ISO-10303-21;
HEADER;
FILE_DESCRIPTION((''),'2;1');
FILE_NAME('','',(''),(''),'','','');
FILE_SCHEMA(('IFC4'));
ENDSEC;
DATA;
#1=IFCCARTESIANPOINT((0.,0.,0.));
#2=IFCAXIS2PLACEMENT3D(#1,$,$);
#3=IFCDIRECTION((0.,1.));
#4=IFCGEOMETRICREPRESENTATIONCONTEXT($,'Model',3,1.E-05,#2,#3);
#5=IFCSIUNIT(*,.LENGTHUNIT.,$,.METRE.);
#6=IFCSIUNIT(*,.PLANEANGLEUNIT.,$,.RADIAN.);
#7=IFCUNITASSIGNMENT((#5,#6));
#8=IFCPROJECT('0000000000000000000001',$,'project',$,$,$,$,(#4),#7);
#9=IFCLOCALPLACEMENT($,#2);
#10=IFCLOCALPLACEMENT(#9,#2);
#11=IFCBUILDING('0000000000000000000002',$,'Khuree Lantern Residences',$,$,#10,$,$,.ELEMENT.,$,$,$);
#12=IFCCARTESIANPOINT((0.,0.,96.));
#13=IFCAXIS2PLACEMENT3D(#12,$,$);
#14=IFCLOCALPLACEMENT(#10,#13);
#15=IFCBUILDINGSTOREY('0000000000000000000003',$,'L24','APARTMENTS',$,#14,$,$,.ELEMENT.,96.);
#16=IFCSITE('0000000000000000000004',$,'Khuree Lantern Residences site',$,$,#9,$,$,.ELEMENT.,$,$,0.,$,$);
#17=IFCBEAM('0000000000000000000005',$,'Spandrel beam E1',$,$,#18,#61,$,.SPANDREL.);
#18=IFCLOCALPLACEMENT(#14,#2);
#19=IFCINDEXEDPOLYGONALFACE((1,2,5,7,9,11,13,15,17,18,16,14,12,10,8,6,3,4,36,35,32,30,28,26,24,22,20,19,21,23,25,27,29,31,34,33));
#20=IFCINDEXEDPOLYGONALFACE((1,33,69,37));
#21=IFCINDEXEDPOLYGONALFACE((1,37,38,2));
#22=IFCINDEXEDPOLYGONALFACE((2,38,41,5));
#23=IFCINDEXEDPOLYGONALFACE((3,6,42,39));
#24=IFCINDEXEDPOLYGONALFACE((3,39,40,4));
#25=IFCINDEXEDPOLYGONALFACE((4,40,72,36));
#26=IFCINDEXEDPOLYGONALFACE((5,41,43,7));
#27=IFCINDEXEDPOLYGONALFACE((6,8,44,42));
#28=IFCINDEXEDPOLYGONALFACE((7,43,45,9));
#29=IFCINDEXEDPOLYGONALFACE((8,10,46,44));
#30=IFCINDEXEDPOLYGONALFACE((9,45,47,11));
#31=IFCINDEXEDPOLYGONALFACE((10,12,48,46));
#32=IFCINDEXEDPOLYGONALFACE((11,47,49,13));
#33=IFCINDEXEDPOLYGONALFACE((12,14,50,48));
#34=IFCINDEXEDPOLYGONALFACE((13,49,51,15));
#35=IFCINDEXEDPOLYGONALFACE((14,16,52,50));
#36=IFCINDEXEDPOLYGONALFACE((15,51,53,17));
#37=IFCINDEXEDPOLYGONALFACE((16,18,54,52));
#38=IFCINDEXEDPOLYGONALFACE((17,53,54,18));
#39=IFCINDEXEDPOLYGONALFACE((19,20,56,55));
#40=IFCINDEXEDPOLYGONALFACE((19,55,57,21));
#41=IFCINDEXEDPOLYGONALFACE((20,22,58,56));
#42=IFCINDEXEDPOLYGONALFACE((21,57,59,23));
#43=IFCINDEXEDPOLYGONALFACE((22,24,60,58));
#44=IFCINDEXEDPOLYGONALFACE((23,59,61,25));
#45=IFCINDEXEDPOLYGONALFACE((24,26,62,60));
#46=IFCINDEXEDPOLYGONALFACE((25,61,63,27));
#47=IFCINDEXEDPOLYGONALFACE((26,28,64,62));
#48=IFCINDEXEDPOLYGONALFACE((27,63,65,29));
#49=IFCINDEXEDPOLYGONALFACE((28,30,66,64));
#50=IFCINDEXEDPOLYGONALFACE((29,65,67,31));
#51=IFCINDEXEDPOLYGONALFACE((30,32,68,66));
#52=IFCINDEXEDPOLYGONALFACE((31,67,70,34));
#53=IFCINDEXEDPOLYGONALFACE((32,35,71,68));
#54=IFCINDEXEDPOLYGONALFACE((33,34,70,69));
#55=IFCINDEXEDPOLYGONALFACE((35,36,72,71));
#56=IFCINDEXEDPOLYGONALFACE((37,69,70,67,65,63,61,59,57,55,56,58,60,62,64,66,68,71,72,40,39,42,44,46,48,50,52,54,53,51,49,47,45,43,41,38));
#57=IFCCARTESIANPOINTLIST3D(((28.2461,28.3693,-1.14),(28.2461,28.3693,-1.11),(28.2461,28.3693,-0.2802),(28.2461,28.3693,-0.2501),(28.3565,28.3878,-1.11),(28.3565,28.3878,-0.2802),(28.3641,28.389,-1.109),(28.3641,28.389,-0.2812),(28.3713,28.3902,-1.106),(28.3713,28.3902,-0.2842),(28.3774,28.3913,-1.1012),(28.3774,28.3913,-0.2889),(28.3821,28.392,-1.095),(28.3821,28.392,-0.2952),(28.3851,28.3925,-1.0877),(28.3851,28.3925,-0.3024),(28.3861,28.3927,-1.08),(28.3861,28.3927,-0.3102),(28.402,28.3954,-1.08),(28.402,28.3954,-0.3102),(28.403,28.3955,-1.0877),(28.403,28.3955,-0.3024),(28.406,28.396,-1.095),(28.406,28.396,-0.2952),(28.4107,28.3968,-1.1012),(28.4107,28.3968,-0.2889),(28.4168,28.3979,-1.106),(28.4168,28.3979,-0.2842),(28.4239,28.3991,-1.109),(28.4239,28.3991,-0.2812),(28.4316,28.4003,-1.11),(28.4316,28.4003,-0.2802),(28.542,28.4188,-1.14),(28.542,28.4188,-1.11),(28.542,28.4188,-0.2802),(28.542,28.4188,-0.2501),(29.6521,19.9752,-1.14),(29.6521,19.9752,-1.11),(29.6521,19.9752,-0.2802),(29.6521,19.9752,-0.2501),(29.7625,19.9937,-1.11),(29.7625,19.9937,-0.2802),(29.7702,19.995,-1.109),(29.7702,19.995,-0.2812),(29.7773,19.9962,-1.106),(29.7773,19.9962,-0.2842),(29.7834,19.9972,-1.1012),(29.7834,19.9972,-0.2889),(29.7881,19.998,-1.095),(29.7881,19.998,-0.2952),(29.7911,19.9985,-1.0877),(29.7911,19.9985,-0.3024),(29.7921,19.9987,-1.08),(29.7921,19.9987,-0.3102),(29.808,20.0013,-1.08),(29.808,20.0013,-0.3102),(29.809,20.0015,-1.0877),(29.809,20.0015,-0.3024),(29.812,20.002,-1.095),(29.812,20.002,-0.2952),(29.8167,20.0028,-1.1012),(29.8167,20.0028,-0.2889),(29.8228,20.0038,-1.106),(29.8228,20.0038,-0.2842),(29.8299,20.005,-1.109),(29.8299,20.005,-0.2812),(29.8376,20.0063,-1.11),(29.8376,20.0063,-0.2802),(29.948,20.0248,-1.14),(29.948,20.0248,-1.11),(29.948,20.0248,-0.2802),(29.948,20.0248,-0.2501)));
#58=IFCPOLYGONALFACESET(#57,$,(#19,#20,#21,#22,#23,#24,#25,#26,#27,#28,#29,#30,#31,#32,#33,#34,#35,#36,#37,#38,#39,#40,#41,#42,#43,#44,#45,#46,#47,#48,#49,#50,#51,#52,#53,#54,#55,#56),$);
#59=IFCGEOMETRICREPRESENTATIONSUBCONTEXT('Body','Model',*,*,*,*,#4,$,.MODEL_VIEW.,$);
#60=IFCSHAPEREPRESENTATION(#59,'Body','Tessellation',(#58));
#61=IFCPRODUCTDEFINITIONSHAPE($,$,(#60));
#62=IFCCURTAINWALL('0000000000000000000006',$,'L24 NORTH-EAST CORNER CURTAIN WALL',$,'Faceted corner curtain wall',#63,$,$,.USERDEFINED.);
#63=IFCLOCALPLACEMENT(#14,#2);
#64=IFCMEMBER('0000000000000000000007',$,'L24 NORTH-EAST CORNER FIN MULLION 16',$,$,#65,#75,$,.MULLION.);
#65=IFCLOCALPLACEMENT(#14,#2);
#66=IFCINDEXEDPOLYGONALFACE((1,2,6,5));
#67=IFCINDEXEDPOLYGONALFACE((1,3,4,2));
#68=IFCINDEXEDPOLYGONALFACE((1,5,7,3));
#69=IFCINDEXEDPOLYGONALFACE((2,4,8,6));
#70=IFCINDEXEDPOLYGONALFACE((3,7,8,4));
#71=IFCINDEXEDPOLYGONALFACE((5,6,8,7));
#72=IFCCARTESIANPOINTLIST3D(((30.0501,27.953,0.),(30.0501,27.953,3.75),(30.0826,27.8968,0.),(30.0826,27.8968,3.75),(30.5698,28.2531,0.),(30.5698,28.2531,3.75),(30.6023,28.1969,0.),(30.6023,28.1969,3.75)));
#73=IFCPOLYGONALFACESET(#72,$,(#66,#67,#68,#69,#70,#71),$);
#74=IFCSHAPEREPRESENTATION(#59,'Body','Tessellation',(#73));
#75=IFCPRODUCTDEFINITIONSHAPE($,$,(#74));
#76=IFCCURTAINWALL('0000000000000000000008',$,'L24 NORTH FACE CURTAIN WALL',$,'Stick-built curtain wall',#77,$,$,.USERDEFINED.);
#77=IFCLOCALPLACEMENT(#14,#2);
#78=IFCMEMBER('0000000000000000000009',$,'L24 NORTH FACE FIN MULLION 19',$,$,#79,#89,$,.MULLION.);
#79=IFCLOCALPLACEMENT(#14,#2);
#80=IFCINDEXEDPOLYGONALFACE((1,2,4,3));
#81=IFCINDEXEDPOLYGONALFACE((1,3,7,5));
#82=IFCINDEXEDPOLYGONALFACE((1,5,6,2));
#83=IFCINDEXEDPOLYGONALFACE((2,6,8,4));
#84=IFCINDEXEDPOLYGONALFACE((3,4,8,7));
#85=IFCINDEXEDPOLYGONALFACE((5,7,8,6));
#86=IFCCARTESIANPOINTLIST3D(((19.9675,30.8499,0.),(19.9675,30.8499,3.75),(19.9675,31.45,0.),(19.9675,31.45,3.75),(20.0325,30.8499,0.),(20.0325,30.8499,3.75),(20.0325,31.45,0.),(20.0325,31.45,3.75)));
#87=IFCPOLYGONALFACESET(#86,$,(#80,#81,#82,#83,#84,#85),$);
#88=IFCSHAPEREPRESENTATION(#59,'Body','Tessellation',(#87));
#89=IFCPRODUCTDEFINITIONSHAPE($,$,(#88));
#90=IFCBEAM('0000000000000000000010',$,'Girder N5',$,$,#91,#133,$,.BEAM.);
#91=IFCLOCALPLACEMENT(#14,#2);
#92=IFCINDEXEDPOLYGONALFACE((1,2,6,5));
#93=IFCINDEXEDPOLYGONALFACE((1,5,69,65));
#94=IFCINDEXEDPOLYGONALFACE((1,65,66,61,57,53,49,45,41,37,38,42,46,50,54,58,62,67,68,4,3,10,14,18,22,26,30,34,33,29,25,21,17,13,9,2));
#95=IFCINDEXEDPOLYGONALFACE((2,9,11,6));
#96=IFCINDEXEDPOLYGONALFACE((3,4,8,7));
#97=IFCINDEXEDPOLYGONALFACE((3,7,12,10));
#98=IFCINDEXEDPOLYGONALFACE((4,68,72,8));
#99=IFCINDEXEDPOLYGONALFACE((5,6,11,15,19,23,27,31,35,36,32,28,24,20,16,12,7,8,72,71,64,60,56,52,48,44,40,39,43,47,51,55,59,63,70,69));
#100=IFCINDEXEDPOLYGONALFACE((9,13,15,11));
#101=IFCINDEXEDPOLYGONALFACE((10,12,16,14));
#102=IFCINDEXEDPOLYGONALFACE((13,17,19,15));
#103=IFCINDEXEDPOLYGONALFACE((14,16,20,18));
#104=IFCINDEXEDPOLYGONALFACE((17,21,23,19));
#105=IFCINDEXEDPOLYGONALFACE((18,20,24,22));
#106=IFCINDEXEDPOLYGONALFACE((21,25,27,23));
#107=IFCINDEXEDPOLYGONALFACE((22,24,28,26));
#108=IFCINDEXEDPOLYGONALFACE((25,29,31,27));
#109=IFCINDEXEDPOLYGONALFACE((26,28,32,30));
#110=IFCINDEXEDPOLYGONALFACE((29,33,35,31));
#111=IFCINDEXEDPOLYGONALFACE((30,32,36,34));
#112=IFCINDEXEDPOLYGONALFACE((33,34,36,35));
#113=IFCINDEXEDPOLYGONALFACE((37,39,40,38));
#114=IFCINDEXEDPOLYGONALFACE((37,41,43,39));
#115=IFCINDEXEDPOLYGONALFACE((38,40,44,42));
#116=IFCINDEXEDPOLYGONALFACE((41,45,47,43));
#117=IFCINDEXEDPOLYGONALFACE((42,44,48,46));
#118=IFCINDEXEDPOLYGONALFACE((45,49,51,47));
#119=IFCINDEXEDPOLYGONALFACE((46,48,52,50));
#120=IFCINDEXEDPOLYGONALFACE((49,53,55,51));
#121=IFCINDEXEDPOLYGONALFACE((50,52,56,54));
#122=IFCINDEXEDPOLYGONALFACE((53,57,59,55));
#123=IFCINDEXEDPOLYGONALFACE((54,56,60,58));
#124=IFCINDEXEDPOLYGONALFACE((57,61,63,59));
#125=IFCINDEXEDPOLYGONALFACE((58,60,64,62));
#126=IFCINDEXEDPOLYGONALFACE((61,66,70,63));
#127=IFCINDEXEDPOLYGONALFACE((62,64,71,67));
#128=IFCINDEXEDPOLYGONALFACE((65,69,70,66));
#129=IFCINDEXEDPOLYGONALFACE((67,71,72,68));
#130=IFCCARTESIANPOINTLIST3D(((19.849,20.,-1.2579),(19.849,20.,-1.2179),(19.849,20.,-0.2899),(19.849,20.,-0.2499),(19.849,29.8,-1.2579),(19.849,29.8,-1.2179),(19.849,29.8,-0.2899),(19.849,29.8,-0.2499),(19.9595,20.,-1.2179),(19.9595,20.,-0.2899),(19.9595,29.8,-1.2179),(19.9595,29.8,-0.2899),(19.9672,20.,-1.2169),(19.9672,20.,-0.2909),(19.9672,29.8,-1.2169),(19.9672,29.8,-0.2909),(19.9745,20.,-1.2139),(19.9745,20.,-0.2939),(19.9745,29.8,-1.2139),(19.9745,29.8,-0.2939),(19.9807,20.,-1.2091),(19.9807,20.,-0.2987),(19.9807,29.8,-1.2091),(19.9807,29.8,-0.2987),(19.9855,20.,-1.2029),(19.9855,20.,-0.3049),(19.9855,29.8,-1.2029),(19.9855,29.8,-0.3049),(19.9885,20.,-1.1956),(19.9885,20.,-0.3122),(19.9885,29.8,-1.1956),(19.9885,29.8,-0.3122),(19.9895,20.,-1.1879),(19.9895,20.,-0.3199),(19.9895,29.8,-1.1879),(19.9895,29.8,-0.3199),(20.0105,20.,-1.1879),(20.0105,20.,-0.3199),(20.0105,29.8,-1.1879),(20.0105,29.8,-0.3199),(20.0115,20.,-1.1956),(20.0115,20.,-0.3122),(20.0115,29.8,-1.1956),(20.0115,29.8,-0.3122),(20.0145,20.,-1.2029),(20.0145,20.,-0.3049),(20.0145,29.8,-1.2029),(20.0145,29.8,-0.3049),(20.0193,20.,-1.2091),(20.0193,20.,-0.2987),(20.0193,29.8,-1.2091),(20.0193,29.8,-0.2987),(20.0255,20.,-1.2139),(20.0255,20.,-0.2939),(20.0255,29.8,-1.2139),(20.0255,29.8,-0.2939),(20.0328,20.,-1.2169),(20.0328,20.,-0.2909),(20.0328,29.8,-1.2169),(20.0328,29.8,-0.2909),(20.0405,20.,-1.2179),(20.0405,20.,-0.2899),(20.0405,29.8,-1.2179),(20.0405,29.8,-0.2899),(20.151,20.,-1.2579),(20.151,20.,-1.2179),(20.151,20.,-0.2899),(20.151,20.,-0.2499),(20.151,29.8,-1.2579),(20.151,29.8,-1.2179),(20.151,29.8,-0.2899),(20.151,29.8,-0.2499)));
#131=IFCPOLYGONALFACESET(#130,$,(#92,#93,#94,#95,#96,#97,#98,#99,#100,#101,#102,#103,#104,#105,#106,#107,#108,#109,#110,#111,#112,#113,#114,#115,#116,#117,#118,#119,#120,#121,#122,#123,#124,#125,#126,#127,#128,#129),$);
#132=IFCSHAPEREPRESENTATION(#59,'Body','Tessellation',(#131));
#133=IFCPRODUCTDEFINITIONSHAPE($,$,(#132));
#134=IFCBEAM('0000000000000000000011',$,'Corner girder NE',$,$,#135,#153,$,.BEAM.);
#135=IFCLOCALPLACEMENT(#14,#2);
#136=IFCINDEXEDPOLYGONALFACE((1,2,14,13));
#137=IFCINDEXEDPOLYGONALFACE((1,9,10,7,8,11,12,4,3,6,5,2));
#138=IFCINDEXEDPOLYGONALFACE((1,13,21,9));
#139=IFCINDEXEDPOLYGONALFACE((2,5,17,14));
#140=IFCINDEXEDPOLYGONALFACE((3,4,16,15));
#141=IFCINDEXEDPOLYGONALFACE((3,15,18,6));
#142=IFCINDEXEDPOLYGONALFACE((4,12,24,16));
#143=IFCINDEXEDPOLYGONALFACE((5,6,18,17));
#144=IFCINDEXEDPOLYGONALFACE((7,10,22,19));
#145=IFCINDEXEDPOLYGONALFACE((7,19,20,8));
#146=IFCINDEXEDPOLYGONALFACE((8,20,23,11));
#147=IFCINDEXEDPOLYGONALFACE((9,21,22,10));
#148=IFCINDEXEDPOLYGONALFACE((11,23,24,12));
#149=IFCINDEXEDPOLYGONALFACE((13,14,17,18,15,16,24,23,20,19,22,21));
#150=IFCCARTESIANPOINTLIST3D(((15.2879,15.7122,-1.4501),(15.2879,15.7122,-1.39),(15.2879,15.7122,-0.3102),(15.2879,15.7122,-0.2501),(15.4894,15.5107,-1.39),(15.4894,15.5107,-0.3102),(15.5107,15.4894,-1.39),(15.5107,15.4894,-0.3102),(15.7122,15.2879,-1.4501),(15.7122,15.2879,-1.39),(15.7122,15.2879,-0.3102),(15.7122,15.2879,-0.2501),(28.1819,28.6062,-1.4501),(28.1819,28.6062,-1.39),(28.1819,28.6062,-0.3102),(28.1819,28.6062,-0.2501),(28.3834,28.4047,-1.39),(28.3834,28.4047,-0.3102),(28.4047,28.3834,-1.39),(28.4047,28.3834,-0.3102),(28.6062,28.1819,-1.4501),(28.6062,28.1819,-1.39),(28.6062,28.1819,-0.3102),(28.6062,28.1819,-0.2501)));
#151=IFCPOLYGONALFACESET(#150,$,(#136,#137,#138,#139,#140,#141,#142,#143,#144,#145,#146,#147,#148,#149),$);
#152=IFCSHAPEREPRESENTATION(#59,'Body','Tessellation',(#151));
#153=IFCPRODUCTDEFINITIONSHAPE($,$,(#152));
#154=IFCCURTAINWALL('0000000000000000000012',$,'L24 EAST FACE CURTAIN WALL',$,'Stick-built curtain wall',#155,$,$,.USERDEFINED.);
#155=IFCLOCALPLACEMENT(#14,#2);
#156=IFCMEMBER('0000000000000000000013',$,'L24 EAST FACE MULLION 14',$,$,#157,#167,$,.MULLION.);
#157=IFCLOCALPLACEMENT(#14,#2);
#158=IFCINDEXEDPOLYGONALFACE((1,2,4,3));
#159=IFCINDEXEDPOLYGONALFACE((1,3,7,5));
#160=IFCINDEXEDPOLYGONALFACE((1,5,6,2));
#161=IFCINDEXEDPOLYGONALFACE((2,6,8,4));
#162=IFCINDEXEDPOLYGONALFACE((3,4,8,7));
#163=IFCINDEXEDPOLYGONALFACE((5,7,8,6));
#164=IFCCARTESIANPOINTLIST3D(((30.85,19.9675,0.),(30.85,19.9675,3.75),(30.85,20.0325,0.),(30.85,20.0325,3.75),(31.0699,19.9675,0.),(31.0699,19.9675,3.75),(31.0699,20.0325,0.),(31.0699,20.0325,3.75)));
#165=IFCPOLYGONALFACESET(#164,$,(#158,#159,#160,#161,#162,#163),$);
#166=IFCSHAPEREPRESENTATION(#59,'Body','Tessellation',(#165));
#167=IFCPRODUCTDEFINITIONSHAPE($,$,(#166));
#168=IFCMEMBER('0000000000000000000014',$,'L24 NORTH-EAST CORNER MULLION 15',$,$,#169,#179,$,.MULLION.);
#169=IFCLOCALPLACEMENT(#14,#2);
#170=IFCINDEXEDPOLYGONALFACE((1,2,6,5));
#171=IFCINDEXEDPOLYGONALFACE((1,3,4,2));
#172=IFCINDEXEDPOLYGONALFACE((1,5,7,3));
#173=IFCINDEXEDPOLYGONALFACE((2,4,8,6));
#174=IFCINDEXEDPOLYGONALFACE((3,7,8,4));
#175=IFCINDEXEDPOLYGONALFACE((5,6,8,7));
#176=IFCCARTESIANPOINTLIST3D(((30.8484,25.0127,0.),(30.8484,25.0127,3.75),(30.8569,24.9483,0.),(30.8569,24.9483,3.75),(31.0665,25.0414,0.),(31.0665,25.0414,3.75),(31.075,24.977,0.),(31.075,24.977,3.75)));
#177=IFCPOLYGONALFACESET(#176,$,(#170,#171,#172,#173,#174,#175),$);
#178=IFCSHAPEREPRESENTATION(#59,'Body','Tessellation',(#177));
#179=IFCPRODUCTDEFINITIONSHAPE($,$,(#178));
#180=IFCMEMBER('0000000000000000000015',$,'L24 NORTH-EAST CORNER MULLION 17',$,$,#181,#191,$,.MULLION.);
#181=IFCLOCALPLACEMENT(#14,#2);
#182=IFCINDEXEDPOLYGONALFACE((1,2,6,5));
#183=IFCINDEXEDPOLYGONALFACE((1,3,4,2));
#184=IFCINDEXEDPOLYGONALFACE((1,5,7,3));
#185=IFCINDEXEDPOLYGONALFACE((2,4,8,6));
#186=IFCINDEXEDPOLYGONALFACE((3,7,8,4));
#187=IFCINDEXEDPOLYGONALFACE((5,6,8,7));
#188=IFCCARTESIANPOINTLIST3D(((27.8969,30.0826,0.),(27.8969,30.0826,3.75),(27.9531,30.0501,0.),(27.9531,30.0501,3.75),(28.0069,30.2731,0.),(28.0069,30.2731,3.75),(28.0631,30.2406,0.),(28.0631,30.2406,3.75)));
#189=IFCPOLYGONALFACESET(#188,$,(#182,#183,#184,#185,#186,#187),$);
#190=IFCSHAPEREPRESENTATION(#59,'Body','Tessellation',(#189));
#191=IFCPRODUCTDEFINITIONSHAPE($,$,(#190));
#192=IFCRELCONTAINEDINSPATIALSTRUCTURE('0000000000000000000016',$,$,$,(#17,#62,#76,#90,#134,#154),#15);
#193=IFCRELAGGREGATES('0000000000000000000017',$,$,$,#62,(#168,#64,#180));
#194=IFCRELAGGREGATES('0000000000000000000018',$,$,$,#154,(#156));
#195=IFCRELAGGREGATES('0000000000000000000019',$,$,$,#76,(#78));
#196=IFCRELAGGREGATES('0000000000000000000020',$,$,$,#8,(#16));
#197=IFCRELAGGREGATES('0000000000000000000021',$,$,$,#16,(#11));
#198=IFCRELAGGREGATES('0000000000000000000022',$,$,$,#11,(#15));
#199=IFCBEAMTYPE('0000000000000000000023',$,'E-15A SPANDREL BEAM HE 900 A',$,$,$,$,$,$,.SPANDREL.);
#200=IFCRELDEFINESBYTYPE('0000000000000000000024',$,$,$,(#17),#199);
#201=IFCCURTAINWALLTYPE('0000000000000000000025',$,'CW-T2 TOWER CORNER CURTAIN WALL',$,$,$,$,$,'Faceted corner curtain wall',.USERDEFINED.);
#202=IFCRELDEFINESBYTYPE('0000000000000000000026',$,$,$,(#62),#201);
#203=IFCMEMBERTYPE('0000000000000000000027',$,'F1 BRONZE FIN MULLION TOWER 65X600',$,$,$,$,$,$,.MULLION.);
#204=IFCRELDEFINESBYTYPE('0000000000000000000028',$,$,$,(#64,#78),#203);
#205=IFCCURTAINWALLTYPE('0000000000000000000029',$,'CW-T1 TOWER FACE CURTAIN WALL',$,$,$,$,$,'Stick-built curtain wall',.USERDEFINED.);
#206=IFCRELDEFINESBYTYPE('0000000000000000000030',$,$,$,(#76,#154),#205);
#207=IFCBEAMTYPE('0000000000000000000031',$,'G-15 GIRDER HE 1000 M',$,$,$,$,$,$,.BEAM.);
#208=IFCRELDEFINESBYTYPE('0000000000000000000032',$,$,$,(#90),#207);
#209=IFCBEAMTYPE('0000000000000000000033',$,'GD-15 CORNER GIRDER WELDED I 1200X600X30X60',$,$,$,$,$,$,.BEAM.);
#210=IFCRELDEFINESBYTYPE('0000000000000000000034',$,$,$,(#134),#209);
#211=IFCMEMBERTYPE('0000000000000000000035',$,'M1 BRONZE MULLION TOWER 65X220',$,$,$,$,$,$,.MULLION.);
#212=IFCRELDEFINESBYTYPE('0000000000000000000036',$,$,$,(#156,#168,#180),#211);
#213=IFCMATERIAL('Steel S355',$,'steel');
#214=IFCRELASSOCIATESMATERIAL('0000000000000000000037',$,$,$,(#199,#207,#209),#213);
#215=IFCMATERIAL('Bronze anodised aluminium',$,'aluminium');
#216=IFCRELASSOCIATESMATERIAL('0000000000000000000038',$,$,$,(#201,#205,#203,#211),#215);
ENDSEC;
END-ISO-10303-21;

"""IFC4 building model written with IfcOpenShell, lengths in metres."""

from ifc_helpers import new_model, si_unit, direction, frame, origin, origin_2d, place, context, subcontext, project, spatial, rectangle, i_section, extrude, material, material_profile, profile_set, type_object, element, aggregate, save


model = new_model("IFC4")

# Units and contexts
model_context = context("Model", 3, precision=1e-05, world=origin(), true_north=direction((0.0, 1.0)))
body_context = subcontext(model_context, "Body", "Model", "MODEL_VIEW")
ifc_project = project(units=[si_unit("LENGTHUNIT", "METRE"), si_unit("PLANEANGLEUNIT", "RADIAN")], contexts=[model_context])

# Site, building, storey
site_placement = place(None, origin())
site = spatial("IfcSite", under=ifc_project, at=site_placement, Name="Khuree Lantern Residences site", CompositionType="ELEMENT", RefElevation=0.0)
building_placement = place(site_placement, origin())
building = spatial("IfcBuilding", under=site, at=building_placement, Name="Khuree Lantern Residences", CompositionType="ELEMENT")
storey_placement = place(building_placement, frame((0.0, 0.0, 96.0)))
storey = spatial("IfcBuildingStorey", under=building, at=storey_placement, Name="L24", Description="APARTMENTS", CompositionType="ELEMENT", Elevation=96.0)

# Beam
ifc_material_1 = material(Name="Steel S355", Category="steel")
ifc_material_profile_1 = material_profile(ifc_material_1, i_section(OverallWidth=0.3, OverallDepth=0.8899, WebThickness=0.0161, FlangeThickness=0.03, FilletRadius=0.03, at=origin_2d()), Name="HE 900 A")
ifc_profile_set_1 = profile_set([ifc_material_profile_1], Name="Steel S355")
beam_type_1 = type_object("IfcBeamType", Name="E-15A SPANDREL BEAM HE 900 A", PredefinedType="SPANDREL", material=ifc_profile_set_1)
for number, where, z_axis, x_axis, name in (
    (1, (28.394, 28.394, -0.6951), (0.165199, -0.98626, 0.0), (0.98626, 0.165199, 0.0), "Spandrel beam E1"),
):
    element("IfcBeam", number, at=place(storey_placement, frame(where, z_axis=z_axis, x_axis=x_axis)), inside=storey, type_object=beam_type_1, Name=name, PredefinedType="SPANDREL", context=body_context, shape_type="SweptSolid", body=[
        extrude(i_section(OverallWidth=0.3, OverallDepth=0.8899, WebThickness=0.0161, FlangeThickness=0.03, FilletRadius=0.03, at=origin_2d()), origin(), (0.0, 0.0, 1.0), 8.511),
    ])

# Curtain walls, members
ifc_material_2 = material(Name="Bronze anodised aluminium", Category="aluminium")
curtain_wall_type_1 = type_object("IfcCurtainWallType", Name="CW-T2 TOWER CORNER CURTAIN WALL", ElementType="Faceted corner curtain wall", PredefinedType="USERDEFINED", material=ifc_material_2)
curtain_wall_1_placement = place(storey_placement, origin())
curtain_wall_1 = element("IfcCurtainWall", 2, at=curtain_wall_1_placement, inside=storey, type_object=curtain_wall_type_1, Name="L24 NORTH-EAST CORNER CURTAIN WALL", ObjectType="Faceted corner curtain wall", PredefinedType="USERDEFINED")
ifc_material_profile_2 = material_profile(ifc_material_2, rectangle(XDim=0.0649, YDim=0.6001, at=origin_2d()), Name="F1 65X600")
ifc_profile_set_2 = profile_set([ifc_material_profile_2], Name="Bronze anodised aluminium")
member_type_1 = type_object("IfcMemberType", Name="F1 BRONZE FIN MULLION TOWER 65X600", PredefinedType="MULLION", material=ifc_profile_set_2)
member_1_placement = place(storey_placement, frame((30.3262, 28.075, 0.0), z_axis=(0.0, 0.0, 1.0), x_axis=(-0.5, 0.866025, 0.0)))
member_1 = element("IfcMember", 3, at=member_1_placement, type_object=member_type_1, Name="L24 NORTH-EAST CORNER FIN MULLION 16", PredefinedType="MULLION", context=body_context, shape_type="SweptSolid", body=[
    extrude(rectangle(XDim=0.0649, YDim=0.6001, at=origin_2d()), origin(), (0.0, 0.0, 1.0), 3.75),
])
curtain_wall_type_2 = type_object("IfcCurtainWallType", Name="CW-T1 TOWER FACE CURTAIN WALL", ElementType="Stick-built curtain wall", PredefinedType="USERDEFINED", material=ifc_material_2)
curtain_wall_2_placement = place(storey_placement, origin())
curtain_wall_2 = element("IfcCurtainWall", 4, at=curtain_wall_2_placement, inside=storey, type_object=curtain_wall_type_2, Name="L24 NORTH FACE CURTAIN WALL", ObjectType="Stick-built curtain wall", PredefinedType="USERDEFINED")
member_2_placement = place(storey_placement, frame((20.0, 31.1499, 0.0), z_axis=(0.0, 0.0, 1.0), x_axis=(-1.0, 0.0, 0.0)))
member_2 = element("IfcMember", 5, at=member_2_placement, type_object=member_type_1, Name="L24 NORTH FACE FIN MULLION 19", PredefinedType="MULLION", context=body_context, shape_type="SweptSolid", body=[
    extrude(rectangle(XDim=0.0649, YDim=0.6001, at=origin_2d()), origin(), (0.0, 0.0, 1.0), 3.75),
])

# Beams
ifc_material_profile_3 = material_profile(ifc_material_1, i_section(OverallWidth=0.302, OverallDepth=1.0081, WebThickness=0.021, FlangeThickness=0.04, FilletRadius=0.03, at=origin_2d()), Name="HE 1000 M")
ifc_profile_set_3 = profile_set([ifc_material_profile_3], Name="Steel S355")
beam_type_2 = type_object("IfcBeamType", Name="G-15 GIRDER HE 1000 M", PredefinedType="BEAM", material=ifc_profile_set_3)
beam_1_placement = place(storey_placement, frame((20.0, 29.8, -0.7539), z_axis=(0.0, -1.0, 0.0), x_axis=(1.0, 0.0, 0.0)))
element("IfcBeam", 6, at=beam_1_placement, inside=storey, type_object=beam_type_2, Name="Girder N5", PredefinedType="BEAM", context=body_context, shape_type="SweptSolid", body=[
    extrude(i_section(OverallWidth=0.302, OverallDepth=1.0081, WebThickness=0.021, FlangeThickness=0.04, FilletRadius=0.03, at=origin_2d()), origin(), (0.0, 0.0, 1.0), 9.8),
])
ifc_material_profile_4 = material_profile(ifc_material_1, i_section(OverallWidth=0.6001, OverallDepth=1.2, WebThickness=0.03, FlangeThickness=0.0601, at=origin_2d()), Name="WELDED I 1200X600X30X60")
ifc_profile_set_4 = profile_set([ifc_material_profile_4], Name="Steel S355")
beam_type_3 = type_object("IfcBeamType", Name="GD-15 CORNER GIRDER WELDED I 1200X600X30X60", PredefinedType="BEAM", material=ifc_profile_set_4)
beam_2_placement = place(storey_placement, frame((28.394, 28.394, -0.8501), z_axis=(-0.707107, -0.707107, 0.0), x_axis=(0.707107, -0.707107, 0.0)))
element("IfcBeam", 7, at=beam_2_placement, inside=storey, type_object=beam_type_3, Name="Corner girder NE", PredefinedType="BEAM", context=body_context, shape_type="SweptSolid", body=[
    extrude(i_section(OverallWidth=0.6001, OverallDepth=1.2, WebThickness=0.03, FlangeThickness=0.0601, at=origin_2d()), origin(), (0.0, 0.0, 1.0), 18.2349),
])

# Curtain wall, member
curtain_wall_3_placement = place(storey_placement, origin())
curtain_wall_3 = element("IfcCurtainWall", 8, at=curtain_wall_3_placement, inside=storey, type_object=curtain_wall_type_2, Name="L24 EAST FACE CURTAIN WALL", ObjectType="Stick-built curtain wall", PredefinedType="USERDEFINED")
ifc_material_profile_5 = material_profile(ifc_material_2, rectangle(XDim=0.0649, YDim=0.22, at=origin_2d()), Name="M1 65X220")
ifc_profile_set_5 = profile_set([ifc_material_profile_5], Name="Bronze anodised aluminium")
member_type_2 = type_object("IfcMemberType", Name="M1 BRONZE MULLION TOWER 65X220", PredefinedType="MULLION", material=ifc_profile_set_5)
member_3_placement = place(storey_placement, frame((30.96, 20.0, 0.0), z_axis=(0.0, 0.0, 1.0), x_axis=(0.0, 1.0, 0.0)))
member_3 = element("IfcMember", 9, at=member_3_placement, type_object=member_type_2, Name="L24 EAST FACE MULLION 14", PredefinedType="MULLION", context=body_context, shape_type="SweptSolid", body=[
    extrude(rectangle(XDim=0.0649, YDim=0.22, at=origin_2d()), origin(), (0.0, 0.0, 1.0), 3.75),
])

# Members
member_4_placement = place(storey_placement, frame((30.9617, 24.9949, 0.0), z_axis=(0.0, 0.0, 1.0), x_axis=(-0.130526, 0.991445, 0.0)))
member_4 = element("IfcMember", 10, at=member_4_placement, type_object=member_type_2, Name="L24 NORTH-EAST CORNER MULLION 15", PredefinedType="MULLION", context=body_context, shape_type="SweptSolid", body=[
    extrude(rectangle(XDim=0.0649, YDim=0.22, at=origin_2d()), origin(), (0.0, 0.0, 1.0), 3.75),
])
member_5_placement = place(storey_placement, frame((27.98, 30.1616, 0.0), z_axis=(0.0, 0.0, 1.0), x_axis=(-0.866025, 0.5, 0.0)))
member_5 = element("IfcMember", 11, at=member_5_placement, type_object=member_type_2, Name="L24 NORTH-EAST CORNER MULLION 17", PredefinedType="MULLION", context=body_context, shape_type="SweptSolid", body=[
    extrude(rectangle(XDim=0.0649, YDim=0.22, at=origin_2d()), origin(), (0.0, 0.0, 1.0), 3.75),
])

aggregate(curtain_wall_1, [member_4, member_1, member_5])
aggregate(curtain_wall_3, [member_3])
aggregate(curtain_wall_2, [member_2])

save(model, "model.ifc")
